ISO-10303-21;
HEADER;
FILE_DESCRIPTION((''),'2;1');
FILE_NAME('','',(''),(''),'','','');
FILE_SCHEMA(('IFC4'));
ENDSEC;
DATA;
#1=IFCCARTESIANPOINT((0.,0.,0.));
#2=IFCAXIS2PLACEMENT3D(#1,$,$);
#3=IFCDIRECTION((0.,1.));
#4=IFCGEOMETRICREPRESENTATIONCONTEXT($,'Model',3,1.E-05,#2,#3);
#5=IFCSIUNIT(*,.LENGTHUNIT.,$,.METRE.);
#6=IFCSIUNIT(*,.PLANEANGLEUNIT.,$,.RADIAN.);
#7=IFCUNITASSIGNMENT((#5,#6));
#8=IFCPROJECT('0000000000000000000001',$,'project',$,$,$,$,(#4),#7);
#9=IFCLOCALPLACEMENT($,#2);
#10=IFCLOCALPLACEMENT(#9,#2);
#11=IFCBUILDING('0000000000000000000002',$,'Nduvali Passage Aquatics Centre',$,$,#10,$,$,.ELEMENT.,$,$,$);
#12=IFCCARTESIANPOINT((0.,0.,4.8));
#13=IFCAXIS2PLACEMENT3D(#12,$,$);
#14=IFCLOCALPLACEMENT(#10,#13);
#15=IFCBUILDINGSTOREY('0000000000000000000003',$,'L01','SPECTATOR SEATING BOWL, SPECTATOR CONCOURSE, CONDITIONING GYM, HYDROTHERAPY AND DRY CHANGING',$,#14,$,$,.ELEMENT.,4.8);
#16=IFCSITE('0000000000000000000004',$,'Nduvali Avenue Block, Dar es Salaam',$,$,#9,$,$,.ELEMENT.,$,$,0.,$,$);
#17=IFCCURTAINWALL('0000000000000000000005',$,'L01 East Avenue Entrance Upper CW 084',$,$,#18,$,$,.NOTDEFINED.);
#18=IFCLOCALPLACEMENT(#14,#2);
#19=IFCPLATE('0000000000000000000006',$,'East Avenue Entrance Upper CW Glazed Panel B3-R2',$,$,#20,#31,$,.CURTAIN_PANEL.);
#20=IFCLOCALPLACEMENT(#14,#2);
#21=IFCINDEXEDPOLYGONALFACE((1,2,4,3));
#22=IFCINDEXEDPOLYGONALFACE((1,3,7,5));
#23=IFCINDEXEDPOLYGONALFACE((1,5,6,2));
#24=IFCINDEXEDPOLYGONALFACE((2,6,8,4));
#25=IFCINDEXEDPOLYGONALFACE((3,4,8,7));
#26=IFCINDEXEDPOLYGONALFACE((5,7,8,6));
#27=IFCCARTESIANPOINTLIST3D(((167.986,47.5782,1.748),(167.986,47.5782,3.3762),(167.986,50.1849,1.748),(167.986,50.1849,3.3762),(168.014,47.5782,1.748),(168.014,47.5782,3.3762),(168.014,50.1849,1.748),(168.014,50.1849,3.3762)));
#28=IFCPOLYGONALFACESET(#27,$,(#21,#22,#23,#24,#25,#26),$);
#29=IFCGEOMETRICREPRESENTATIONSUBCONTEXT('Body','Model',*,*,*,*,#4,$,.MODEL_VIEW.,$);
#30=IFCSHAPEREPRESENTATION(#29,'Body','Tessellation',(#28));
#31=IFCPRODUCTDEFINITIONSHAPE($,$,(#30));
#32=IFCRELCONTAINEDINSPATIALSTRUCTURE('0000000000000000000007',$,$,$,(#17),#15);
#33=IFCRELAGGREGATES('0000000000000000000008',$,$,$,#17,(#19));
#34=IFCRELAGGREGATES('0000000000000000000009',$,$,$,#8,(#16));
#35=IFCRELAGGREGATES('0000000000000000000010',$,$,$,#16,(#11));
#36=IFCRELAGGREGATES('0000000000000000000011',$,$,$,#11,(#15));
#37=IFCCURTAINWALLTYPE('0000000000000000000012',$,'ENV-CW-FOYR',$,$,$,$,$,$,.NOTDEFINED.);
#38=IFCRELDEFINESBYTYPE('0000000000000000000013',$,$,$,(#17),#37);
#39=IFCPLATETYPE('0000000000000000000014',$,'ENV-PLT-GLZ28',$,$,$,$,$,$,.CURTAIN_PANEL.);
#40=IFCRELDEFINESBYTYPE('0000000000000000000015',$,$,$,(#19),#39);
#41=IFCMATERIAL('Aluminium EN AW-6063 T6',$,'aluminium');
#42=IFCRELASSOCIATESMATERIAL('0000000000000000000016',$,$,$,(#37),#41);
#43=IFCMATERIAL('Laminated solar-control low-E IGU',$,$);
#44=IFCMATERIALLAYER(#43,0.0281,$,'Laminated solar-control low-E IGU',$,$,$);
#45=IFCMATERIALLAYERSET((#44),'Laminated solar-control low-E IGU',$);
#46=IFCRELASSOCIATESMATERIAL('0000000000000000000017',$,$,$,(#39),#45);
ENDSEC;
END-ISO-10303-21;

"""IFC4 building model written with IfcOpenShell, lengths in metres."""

from ifc_helpers import new_model, si_unit, direction, frame, origin, origin_2d, place, context, subcontext, project, spatial, rectangle, extrude, material, layer, layer_set, type_object, element, aggregate, save


model = new_model("IFC4")

# Units and contexts
model_context = context("Model", 3, precision=1e-05, world=origin(), true_north=direction((0.0, 1.0)))
body_context = subcontext(model_context, "Body", "Model", "MODEL_VIEW")
ifc_project = project(units=[si_unit("LENGTHUNIT", "METRE"), si_unit("PLANEANGLEUNIT", "RADIAN")], contexts=[model_context])

# Site, building, storey
site_placement = place(None, origin())
site = spatial("IfcSite", under=ifc_project, at=site_placement, Name="Nduvali Avenue Block, Dar es Salaam", CompositionType="ELEMENT", RefElevation=0.0)
building_placement = place(site_placement, origin())
building = spatial("IfcBuilding", under=site, at=building_placement, Name="Nduvali Passage Aquatics Centre", CompositionType="ELEMENT")
storey_placement = place(building_placement, frame((0.0, 0.0, 4.8)))
storey = spatial("IfcBuildingStorey", under=building, at=storey_placement, Name="L01", Description="SPECTATOR SEATING BOWL, SPECTATOR CONCOURSE, CONDITIONING GYM, HYDROTHERAPY AND DRY CHANGING", CompositionType="ELEMENT", Elevation=4.8)

# Curtain wall
ifc_material_1 = material(Name="Aluminium EN AW-6063 T6", Category="aluminium")
curtain_wall_type = type_object("IfcCurtainWallType", Name="ENV-CW-FOYR", PredefinedType="NOTDEFINED", material=ifc_material_1)
curtain_wall_placement = place(storey_placement, origin())
curtain_wall = element("IfcCurtainWall", 1, at=curtain_wall_placement, inside=storey, type_object=curtain_wall_type, Name="L01 East Avenue Entrance Upper CW 084", PredefinedType="NOTDEFINED")

# Plate
ifc_material_2 = material(Name="Laminated solar-control low-E IGU")
ifc_layer = layer(ifc_material_2, 0.0281, Name="Laminated solar-control low-E IGU")
ifc_layer_set = layer_set([ifc_layer], Name="Laminated solar-control low-E IGU")
plate_type = type_object("IfcPlateType", Name="ENV-PLT-GLZ28", PredefinedType="CURTAIN_PANEL", material=ifc_layer_set)
plate_1_placement = place(storey_placement, frame((168.0, 48.8816, 1.748), z_axis=(0.0, 0.0, 1.0), x_axis=(0.0, 1.0, 0.0)))
plate_1 = element("IfcPlate", 2, at=plate_1_placement, type_object=plate_type, Name="East Avenue Entrance Upper CW Glazed Panel B3-R2", PredefinedType="CURTAIN_PANEL", context=body_context, shape_type="SweptSolid", body=[
    extrude(rectangle(XDim=2.6067, YDim=0.0281, at=origin_2d()), origin(), (0.0, 0.0, 1.0), 1.6282),
])
aggregate(curtain_wall, [plate_1])

save(model, "model.ifc")
